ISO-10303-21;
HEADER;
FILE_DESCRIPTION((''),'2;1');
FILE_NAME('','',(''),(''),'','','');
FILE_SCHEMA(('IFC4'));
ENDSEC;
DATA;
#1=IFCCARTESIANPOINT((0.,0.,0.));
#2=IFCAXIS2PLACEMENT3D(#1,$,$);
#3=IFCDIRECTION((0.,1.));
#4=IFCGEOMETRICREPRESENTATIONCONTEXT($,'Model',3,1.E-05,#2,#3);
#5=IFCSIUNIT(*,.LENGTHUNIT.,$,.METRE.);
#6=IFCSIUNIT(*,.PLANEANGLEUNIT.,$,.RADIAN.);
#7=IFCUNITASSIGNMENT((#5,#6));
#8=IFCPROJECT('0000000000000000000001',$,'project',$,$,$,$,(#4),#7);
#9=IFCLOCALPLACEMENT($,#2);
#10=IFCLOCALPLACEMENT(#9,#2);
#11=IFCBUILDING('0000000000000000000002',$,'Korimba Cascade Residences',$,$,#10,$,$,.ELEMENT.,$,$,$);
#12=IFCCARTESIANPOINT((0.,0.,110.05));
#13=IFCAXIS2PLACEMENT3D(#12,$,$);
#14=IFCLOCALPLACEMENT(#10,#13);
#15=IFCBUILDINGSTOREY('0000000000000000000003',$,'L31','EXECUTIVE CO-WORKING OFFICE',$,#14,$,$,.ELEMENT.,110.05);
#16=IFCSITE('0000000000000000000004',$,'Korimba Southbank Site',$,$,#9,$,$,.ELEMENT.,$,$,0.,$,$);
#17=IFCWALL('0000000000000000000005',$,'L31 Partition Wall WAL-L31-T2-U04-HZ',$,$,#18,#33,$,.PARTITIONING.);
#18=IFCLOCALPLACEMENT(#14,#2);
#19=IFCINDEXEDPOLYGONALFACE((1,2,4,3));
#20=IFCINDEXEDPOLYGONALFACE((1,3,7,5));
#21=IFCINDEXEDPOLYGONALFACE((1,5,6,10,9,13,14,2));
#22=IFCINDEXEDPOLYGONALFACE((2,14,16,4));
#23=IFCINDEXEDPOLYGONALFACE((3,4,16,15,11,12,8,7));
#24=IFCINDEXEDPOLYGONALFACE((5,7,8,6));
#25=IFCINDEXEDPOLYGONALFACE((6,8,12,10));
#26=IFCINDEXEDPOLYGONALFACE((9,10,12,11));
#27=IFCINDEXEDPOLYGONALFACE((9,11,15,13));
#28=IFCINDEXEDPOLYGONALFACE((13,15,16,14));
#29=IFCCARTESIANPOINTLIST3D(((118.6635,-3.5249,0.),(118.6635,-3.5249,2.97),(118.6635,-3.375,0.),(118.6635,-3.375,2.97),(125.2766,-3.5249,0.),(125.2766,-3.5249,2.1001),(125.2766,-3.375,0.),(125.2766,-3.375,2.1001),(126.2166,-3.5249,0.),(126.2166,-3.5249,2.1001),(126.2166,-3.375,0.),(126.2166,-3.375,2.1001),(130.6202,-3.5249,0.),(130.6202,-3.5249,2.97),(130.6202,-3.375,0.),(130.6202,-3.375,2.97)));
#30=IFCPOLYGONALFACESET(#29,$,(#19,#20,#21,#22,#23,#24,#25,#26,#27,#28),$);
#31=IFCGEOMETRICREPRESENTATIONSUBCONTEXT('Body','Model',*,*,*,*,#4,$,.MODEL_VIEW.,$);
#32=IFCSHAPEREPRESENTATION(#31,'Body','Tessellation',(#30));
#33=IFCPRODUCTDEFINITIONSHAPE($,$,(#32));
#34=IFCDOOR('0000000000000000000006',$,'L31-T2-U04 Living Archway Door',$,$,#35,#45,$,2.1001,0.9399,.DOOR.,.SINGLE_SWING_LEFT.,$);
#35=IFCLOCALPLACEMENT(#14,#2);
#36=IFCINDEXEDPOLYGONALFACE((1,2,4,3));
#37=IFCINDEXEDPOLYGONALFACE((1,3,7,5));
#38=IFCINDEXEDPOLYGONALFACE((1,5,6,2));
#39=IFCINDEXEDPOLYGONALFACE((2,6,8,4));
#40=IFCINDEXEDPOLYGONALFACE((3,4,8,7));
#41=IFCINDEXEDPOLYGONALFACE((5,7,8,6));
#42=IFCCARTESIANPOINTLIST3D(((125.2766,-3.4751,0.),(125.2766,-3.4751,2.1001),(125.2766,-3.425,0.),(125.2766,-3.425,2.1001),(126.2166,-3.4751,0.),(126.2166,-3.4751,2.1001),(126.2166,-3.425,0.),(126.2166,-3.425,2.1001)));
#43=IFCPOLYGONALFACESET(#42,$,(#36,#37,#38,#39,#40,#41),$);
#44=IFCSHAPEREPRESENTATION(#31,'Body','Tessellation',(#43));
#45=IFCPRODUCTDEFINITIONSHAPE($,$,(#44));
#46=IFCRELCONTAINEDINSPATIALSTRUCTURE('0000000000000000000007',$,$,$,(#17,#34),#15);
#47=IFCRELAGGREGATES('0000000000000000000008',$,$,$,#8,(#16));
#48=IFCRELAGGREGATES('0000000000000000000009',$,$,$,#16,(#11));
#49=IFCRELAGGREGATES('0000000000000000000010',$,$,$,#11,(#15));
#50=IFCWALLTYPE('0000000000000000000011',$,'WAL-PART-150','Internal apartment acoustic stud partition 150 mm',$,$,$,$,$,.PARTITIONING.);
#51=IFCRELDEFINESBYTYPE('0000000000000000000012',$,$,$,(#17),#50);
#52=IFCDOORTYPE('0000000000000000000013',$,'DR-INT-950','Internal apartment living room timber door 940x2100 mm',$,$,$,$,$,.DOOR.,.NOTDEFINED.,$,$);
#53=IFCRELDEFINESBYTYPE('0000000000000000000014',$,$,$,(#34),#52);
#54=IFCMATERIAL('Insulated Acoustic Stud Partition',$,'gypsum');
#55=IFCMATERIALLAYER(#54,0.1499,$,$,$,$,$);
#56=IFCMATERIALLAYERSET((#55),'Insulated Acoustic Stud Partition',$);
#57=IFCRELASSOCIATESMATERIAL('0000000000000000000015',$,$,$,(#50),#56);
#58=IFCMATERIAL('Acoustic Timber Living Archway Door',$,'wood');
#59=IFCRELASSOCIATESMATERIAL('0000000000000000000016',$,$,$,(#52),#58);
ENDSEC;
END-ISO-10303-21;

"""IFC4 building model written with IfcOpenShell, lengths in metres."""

from ifc_helpers import new_model, si_unit, direction, frame, frame_2d, origin, place, context, subcontext, project, spatial, rectangle, extrude, material, layer, layer_set, type_object, element, fill, save


model = new_model("IFC4")

# Units and contexts
model_context = context("Model", 3, precision=1e-05, world=origin(), true_north=direction((0.0, 1.0)))
body_context = subcontext(model_context, "Body", "Model", "MODEL_VIEW")
ifc_project = project(units=[si_unit("LENGTHUNIT", "METRE"), si_unit("PLANEANGLEUNIT", "RADIAN")], contexts=[model_context])

# Site, building, storey
site_placement = place(None, origin())
site = spatial("IfcSite", under=ifc_project, at=site_placement, Name="Korimba Southbank Site", CompositionType="ELEMENT", RefElevation=0.0)
building_placement = place(site_placement, origin())
building = spatial("IfcBuilding", under=site, at=building_placement, Name="Korimba Cascade Residences", CompositionType="ELEMENT")
storey_placement = place(building_placement, frame((0.0, 0.0, 110.05)))
storey = spatial("IfcBuildingStorey", under=building, at=storey_placement, Name="L31", Description="EXECUTIVE CO-WORKING OFFICE", CompositionType="ELEMENT", Elevation=110.05)

# Shared definitions
ifc_material_1 = material(Name="Insulated Acoustic Stud Partition", Category="gypsum")
ifc_layer = layer(ifc_material_1, 0.1499)
ifc_layer_set = layer_set([ifc_layer], Name="Insulated Acoustic Stud Partition")
wall_type = type_object("IfcWallType", Name="WAL-PART-150", Description="Internal apartment acoustic stud partition 150 mm", PredefinedType="PARTITIONING", material=ifc_layer_set)

# Wall, opening, door
wall_1_placement = place(storey_placement, frame((118.6633, -3.45, 0.0), z_axis=(0.0, 0.0, 1.0), x_axis=(1.0, 0.0, 0.0)))
wall_1 = element("IfcWall", 1, at=wall_1_placement, inside=storey, type_object=wall_type, Name="L31 Partition Wall WAL-L31-T2-U04-HZ", PredefinedType="PARTITIONING", context=body_context, shape_type="SweptSolid", body=[
    extrude(rectangle(XDim=11.9568, YDim=0.1499, at=frame_2d((5.9785, 0.0))), origin(), (0.0, 0.0, 1.0), 2.97),
])
opening_1_placement = place(wall_1_placement, frame((6.6133, 0.0, 0.0)))
opening_1 = element("IfcOpeningElement", 2, at=opening_1_placement, cuts=wall_1, PredefinedType="OPENING", context=body_context, shape_type="SweptSolid", body=[
    extrude(rectangle(XDim=0.9399, YDim=2.1001, at=frame_2d((0.47, 1.05))), frame((0.0, 0.085, 0.0), z_axis=(0.0, -1.0, 0.0), x_axis=(1.0, 0.0, 0.0)), (0.0, 0.0, 1.0), 0.1699),
])
ifc_material_2 = material(Name="Acoustic Timber Living Archway Door", Category="wood")
door_type_1 = type_object("IfcDoorType", Name="DR-INT-950", Description="Internal apartment living room timber door 940x2100 mm", OperationType="NOTDEFINED", PredefinedType="DOOR", material=ifc_material_2)
door_1_placement = place(opening_1_placement, origin())
door_1 = element("IfcDoor", 3, at=door_1_placement, inside=storey, type_object=door_type_1, Name="L31-T2-U04 Living Archway Door", OperationType="SINGLE_SWING_LEFT", OverallHeight=2.1001, OverallWidth=0.9399, PredefinedType="DOOR", context=body_context, shape_type="SweptSolid", body=[
    extrude(rectangle(XDim=0.9399, YDim=2.1001, at=frame_2d((0.47, 1.05))), frame((0.0, 0.0249, 0.0), z_axis=(0.0, -1.0, 0.0), x_axis=(1.0, 0.0, 0.0)), (0.0, 0.0, 1.0), 0.05),
])
fill(opening_1, door_1)

save(model, "model.ifc")
